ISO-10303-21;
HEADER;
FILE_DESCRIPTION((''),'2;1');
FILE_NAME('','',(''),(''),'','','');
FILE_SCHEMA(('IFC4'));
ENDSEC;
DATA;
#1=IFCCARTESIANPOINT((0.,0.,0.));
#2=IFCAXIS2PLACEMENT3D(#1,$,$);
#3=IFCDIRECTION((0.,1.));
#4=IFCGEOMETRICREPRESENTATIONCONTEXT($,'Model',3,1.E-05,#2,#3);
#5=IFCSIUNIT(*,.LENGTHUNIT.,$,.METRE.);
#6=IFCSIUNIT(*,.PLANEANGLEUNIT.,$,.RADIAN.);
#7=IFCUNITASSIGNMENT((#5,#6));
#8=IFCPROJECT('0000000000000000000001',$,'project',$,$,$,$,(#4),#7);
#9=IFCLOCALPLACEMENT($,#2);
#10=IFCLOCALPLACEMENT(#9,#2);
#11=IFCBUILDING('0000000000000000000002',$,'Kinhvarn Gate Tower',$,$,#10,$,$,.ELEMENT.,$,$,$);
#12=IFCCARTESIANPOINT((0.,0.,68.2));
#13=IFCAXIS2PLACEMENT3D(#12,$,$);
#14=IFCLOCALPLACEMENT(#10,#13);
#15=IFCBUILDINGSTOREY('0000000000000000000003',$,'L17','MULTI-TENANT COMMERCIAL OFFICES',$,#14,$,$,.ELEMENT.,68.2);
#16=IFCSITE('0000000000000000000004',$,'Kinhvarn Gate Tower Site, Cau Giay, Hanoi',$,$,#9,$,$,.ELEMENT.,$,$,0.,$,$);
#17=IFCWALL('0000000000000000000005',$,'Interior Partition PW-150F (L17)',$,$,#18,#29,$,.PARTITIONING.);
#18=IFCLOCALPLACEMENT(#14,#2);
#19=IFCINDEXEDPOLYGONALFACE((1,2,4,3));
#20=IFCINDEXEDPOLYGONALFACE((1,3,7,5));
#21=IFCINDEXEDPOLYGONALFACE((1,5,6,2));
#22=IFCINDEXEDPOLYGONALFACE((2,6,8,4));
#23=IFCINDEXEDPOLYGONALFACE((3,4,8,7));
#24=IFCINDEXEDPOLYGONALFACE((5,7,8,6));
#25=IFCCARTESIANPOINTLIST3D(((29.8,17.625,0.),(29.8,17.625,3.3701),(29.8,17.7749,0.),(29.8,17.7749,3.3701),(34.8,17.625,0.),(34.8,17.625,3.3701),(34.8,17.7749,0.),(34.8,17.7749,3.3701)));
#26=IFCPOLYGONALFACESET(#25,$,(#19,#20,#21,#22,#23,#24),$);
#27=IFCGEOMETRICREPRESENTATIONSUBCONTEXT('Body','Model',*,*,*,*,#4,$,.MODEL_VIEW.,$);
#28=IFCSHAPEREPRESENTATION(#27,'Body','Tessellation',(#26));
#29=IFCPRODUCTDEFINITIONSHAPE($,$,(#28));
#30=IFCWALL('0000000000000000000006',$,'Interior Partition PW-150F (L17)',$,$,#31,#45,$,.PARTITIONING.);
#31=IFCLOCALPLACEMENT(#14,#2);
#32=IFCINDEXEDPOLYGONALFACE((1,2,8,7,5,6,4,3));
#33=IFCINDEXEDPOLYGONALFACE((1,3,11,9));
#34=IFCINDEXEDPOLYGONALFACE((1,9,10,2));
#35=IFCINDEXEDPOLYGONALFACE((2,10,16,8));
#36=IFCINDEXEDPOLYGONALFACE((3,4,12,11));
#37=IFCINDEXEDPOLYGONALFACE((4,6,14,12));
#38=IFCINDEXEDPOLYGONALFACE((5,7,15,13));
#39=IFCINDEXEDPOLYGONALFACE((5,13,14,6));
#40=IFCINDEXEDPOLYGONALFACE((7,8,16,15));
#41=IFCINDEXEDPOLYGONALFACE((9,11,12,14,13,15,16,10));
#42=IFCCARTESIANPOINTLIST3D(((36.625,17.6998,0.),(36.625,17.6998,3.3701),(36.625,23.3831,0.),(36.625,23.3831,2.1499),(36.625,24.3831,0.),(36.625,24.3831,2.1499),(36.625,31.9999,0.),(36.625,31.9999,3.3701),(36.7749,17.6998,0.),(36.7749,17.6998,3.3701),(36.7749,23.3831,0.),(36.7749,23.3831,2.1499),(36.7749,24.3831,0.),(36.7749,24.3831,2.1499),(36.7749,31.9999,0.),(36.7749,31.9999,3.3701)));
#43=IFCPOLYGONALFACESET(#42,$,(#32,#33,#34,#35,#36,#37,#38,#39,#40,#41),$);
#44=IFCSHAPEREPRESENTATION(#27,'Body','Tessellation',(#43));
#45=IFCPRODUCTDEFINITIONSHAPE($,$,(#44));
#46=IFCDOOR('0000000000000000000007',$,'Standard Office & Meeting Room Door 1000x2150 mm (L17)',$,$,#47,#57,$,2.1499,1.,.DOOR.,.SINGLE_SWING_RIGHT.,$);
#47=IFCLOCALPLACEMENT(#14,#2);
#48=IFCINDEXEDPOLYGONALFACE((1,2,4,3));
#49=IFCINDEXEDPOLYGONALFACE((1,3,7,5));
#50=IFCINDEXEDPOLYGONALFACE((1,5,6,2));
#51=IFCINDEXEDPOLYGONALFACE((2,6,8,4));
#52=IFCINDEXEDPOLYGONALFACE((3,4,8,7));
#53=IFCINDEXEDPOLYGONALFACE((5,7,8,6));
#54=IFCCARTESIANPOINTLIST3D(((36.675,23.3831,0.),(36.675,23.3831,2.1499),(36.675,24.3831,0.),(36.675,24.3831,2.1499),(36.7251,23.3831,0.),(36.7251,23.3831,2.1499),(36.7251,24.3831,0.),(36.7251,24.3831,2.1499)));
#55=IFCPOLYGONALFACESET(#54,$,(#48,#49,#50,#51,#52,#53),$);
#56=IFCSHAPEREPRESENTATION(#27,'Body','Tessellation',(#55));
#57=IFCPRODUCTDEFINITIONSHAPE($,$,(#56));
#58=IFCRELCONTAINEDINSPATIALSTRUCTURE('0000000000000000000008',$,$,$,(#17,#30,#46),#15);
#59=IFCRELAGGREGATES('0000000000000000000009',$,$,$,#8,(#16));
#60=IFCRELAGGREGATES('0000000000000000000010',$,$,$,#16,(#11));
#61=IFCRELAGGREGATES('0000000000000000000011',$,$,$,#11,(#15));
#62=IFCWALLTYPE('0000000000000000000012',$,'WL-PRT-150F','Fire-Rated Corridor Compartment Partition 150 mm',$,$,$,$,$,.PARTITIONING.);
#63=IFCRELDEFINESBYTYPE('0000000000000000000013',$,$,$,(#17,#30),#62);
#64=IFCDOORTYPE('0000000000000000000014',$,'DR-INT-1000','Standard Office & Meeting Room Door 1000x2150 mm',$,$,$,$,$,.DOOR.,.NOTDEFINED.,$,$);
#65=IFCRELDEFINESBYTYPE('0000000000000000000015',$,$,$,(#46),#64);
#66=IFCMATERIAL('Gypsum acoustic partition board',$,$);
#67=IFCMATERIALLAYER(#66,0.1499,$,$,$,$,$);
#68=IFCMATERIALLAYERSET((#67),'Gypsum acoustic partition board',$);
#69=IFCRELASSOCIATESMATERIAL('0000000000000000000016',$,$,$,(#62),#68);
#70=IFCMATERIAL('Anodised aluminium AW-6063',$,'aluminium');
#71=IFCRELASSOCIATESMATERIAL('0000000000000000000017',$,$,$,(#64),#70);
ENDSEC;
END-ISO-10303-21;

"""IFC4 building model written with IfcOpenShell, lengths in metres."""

from ifc_helpers import new_model, si_unit, direction, frame, frame_2d, origin, place, context, subcontext, project, spatial, rectangle, extrude, material, layer, layer_set, type_object, element, fill, save


model = new_model("IFC4")

# Units and contexts
model_context = context("Model", 3, precision=1e-05, world=origin(), true_north=direction((0.0, 1.0)))
body_context = subcontext(model_context, "Body", "Model", "MODEL_VIEW")
ifc_project = project(units=[si_unit("LENGTHUNIT", "METRE"), si_unit("PLANEANGLEUNIT", "RADIAN")], contexts=[model_context])

# Site, building, storey
site_placement = place(None, origin())
site = spatial("IfcSite", under=ifc_project, at=site_placement, Name="Kinhvarn Gate Tower Site, Cau Giay, Hanoi", CompositionType="ELEMENT", RefElevation=0.0)
building_placement = place(site_placement, origin())
building = spatial("IfcBuilding", under=site, at=building_placement, Name="Kinhvarn Gate Tower", CompositionType="ELEMENT")
storey_placement = place(building_placement, frame((0.0, 0.0, 68.2)))
storey = spatial("IfcBuildingStorey", under=building, at=storey_placement, Name="L17", Description="MULTI-TENANT COMMERCIAL OFFICES", CompositionType="ELEMENT", Elevation=68.2)

# Wall
ifc_material_1 = material(Name="Gypsum acoustic partition board")
ifc_layer_1 = layer(ifc_material_1, 0.1499)
ifc_layer_set_1 = layer_set([ifc_layer_1], Name="Gypsum acoustic partition board")
wall_type_1 = type_object("IfcWallType", Name="WL-PRT-150F", Description="Fire-Rated Corridor Compartment Partition 150 mm", PredefinedType="PARTITIONING", material=ifc_layer_set_1)
wall_1_placement = place(storey_placement, frame((29.8, 17.7, 0.0), z_axis=(0.0, 0.0, 1.0), x_axis=(1.0, 0.0, 0.0)))
element("IfcWall", 1, at=wall_1_placement, inside=storey, type_object=wall_type_1, Name="Interior Partition PW-150F (L17)", PredefinedType="PARTITIONING", context=body_context, shape_type="SweptSolid", body=[
    extrude(rectangle(XDim=5.0, YDim=0.1499, at=frame_2d((2.5, 0.0))), origin(), (0.0, 0.0, 1.0), 3.3701),
])

# Wall, opening, door
ifc_material_2 = material(Name="Anodised aluminium AW-6063", Category="aluminium")
door_type = type_object("IfcDoorType", Name="DR-INT-1000", Description="Standard Office & Meeting Room Door 1000x2150 mm", OperationType="NOTDEFINED", PredefinedType="DOOR", material=ifc_material_2)
wall_2_placement = place(storey_placement, frame((36.7, 17.7, 0.0), z_axis=(0.0, 0.0, 1.0), x_axis=(0.0, 1.0, 0.0)))
wall_2 = element("IfcWall", 2, at=wall_2_placement, inside=storey, type_object=wall_type_1, Name="Interior Partition PW-150F (L17)", PredefinedType="PARTITIONING", context=body_context, shape_type="SweptSolid", body=[
    extrude(rectangle(XDim=14.3, YDim=0.1499, at=frame_2d((7.1499, 0.0))), origin(), (0.0, 0.0, 1.0), 3.3701),
])
opening_1_placement = place(wall_2_placement, frame((5.6831, 0.0, 0.0)))
opening_1 = element("IfcOpeningElement", 3, at=opening_1_placement, cuts=wall_2, PredefinedType="OPENING", context=body_context, shape_type="SweptSolid", body=[
    extrude(rectangle(XDim=1.0, YDim=2.1499, at=frame_2d((0.5, 1.075))), frame((0.0, 0.085, 0.0), z_axis=(0.0, -1.0, 0.0), x_axis=(1.0, 0.0, 0.0)), (0.0, 0.0, 1.0), 0.1699),
])
door_1_placement = place(opening_1_placement, origin())
door_1 = element("IfcDoor", 4, at=door_1_placement, inside=storey, type_object=door_type, Name="Standard Office & Meeting Room Door 1000x2150 mm (L17)", OperationType="SINGLE_SWING_RIGHT", OverallHeight=2.1499, OverallWidth=1.0, PredefinedType="DOOR", context=body_context, shape_type="SweptSolid", body=[
    extrude(rectangle(XDim=1.0, YDim=2.1499, at=frame_2d((0.5, 1.075))), frame((0.0, 0.0249, 0.0), z_axis=(0.0, -1.0, 0.0), x_axis=(1.0, 0.0, 0.0)), (0.0, 0.0, 1.0), 0.05),
])
fill(opening_1, door_1)

save(model, "model.ifc")
